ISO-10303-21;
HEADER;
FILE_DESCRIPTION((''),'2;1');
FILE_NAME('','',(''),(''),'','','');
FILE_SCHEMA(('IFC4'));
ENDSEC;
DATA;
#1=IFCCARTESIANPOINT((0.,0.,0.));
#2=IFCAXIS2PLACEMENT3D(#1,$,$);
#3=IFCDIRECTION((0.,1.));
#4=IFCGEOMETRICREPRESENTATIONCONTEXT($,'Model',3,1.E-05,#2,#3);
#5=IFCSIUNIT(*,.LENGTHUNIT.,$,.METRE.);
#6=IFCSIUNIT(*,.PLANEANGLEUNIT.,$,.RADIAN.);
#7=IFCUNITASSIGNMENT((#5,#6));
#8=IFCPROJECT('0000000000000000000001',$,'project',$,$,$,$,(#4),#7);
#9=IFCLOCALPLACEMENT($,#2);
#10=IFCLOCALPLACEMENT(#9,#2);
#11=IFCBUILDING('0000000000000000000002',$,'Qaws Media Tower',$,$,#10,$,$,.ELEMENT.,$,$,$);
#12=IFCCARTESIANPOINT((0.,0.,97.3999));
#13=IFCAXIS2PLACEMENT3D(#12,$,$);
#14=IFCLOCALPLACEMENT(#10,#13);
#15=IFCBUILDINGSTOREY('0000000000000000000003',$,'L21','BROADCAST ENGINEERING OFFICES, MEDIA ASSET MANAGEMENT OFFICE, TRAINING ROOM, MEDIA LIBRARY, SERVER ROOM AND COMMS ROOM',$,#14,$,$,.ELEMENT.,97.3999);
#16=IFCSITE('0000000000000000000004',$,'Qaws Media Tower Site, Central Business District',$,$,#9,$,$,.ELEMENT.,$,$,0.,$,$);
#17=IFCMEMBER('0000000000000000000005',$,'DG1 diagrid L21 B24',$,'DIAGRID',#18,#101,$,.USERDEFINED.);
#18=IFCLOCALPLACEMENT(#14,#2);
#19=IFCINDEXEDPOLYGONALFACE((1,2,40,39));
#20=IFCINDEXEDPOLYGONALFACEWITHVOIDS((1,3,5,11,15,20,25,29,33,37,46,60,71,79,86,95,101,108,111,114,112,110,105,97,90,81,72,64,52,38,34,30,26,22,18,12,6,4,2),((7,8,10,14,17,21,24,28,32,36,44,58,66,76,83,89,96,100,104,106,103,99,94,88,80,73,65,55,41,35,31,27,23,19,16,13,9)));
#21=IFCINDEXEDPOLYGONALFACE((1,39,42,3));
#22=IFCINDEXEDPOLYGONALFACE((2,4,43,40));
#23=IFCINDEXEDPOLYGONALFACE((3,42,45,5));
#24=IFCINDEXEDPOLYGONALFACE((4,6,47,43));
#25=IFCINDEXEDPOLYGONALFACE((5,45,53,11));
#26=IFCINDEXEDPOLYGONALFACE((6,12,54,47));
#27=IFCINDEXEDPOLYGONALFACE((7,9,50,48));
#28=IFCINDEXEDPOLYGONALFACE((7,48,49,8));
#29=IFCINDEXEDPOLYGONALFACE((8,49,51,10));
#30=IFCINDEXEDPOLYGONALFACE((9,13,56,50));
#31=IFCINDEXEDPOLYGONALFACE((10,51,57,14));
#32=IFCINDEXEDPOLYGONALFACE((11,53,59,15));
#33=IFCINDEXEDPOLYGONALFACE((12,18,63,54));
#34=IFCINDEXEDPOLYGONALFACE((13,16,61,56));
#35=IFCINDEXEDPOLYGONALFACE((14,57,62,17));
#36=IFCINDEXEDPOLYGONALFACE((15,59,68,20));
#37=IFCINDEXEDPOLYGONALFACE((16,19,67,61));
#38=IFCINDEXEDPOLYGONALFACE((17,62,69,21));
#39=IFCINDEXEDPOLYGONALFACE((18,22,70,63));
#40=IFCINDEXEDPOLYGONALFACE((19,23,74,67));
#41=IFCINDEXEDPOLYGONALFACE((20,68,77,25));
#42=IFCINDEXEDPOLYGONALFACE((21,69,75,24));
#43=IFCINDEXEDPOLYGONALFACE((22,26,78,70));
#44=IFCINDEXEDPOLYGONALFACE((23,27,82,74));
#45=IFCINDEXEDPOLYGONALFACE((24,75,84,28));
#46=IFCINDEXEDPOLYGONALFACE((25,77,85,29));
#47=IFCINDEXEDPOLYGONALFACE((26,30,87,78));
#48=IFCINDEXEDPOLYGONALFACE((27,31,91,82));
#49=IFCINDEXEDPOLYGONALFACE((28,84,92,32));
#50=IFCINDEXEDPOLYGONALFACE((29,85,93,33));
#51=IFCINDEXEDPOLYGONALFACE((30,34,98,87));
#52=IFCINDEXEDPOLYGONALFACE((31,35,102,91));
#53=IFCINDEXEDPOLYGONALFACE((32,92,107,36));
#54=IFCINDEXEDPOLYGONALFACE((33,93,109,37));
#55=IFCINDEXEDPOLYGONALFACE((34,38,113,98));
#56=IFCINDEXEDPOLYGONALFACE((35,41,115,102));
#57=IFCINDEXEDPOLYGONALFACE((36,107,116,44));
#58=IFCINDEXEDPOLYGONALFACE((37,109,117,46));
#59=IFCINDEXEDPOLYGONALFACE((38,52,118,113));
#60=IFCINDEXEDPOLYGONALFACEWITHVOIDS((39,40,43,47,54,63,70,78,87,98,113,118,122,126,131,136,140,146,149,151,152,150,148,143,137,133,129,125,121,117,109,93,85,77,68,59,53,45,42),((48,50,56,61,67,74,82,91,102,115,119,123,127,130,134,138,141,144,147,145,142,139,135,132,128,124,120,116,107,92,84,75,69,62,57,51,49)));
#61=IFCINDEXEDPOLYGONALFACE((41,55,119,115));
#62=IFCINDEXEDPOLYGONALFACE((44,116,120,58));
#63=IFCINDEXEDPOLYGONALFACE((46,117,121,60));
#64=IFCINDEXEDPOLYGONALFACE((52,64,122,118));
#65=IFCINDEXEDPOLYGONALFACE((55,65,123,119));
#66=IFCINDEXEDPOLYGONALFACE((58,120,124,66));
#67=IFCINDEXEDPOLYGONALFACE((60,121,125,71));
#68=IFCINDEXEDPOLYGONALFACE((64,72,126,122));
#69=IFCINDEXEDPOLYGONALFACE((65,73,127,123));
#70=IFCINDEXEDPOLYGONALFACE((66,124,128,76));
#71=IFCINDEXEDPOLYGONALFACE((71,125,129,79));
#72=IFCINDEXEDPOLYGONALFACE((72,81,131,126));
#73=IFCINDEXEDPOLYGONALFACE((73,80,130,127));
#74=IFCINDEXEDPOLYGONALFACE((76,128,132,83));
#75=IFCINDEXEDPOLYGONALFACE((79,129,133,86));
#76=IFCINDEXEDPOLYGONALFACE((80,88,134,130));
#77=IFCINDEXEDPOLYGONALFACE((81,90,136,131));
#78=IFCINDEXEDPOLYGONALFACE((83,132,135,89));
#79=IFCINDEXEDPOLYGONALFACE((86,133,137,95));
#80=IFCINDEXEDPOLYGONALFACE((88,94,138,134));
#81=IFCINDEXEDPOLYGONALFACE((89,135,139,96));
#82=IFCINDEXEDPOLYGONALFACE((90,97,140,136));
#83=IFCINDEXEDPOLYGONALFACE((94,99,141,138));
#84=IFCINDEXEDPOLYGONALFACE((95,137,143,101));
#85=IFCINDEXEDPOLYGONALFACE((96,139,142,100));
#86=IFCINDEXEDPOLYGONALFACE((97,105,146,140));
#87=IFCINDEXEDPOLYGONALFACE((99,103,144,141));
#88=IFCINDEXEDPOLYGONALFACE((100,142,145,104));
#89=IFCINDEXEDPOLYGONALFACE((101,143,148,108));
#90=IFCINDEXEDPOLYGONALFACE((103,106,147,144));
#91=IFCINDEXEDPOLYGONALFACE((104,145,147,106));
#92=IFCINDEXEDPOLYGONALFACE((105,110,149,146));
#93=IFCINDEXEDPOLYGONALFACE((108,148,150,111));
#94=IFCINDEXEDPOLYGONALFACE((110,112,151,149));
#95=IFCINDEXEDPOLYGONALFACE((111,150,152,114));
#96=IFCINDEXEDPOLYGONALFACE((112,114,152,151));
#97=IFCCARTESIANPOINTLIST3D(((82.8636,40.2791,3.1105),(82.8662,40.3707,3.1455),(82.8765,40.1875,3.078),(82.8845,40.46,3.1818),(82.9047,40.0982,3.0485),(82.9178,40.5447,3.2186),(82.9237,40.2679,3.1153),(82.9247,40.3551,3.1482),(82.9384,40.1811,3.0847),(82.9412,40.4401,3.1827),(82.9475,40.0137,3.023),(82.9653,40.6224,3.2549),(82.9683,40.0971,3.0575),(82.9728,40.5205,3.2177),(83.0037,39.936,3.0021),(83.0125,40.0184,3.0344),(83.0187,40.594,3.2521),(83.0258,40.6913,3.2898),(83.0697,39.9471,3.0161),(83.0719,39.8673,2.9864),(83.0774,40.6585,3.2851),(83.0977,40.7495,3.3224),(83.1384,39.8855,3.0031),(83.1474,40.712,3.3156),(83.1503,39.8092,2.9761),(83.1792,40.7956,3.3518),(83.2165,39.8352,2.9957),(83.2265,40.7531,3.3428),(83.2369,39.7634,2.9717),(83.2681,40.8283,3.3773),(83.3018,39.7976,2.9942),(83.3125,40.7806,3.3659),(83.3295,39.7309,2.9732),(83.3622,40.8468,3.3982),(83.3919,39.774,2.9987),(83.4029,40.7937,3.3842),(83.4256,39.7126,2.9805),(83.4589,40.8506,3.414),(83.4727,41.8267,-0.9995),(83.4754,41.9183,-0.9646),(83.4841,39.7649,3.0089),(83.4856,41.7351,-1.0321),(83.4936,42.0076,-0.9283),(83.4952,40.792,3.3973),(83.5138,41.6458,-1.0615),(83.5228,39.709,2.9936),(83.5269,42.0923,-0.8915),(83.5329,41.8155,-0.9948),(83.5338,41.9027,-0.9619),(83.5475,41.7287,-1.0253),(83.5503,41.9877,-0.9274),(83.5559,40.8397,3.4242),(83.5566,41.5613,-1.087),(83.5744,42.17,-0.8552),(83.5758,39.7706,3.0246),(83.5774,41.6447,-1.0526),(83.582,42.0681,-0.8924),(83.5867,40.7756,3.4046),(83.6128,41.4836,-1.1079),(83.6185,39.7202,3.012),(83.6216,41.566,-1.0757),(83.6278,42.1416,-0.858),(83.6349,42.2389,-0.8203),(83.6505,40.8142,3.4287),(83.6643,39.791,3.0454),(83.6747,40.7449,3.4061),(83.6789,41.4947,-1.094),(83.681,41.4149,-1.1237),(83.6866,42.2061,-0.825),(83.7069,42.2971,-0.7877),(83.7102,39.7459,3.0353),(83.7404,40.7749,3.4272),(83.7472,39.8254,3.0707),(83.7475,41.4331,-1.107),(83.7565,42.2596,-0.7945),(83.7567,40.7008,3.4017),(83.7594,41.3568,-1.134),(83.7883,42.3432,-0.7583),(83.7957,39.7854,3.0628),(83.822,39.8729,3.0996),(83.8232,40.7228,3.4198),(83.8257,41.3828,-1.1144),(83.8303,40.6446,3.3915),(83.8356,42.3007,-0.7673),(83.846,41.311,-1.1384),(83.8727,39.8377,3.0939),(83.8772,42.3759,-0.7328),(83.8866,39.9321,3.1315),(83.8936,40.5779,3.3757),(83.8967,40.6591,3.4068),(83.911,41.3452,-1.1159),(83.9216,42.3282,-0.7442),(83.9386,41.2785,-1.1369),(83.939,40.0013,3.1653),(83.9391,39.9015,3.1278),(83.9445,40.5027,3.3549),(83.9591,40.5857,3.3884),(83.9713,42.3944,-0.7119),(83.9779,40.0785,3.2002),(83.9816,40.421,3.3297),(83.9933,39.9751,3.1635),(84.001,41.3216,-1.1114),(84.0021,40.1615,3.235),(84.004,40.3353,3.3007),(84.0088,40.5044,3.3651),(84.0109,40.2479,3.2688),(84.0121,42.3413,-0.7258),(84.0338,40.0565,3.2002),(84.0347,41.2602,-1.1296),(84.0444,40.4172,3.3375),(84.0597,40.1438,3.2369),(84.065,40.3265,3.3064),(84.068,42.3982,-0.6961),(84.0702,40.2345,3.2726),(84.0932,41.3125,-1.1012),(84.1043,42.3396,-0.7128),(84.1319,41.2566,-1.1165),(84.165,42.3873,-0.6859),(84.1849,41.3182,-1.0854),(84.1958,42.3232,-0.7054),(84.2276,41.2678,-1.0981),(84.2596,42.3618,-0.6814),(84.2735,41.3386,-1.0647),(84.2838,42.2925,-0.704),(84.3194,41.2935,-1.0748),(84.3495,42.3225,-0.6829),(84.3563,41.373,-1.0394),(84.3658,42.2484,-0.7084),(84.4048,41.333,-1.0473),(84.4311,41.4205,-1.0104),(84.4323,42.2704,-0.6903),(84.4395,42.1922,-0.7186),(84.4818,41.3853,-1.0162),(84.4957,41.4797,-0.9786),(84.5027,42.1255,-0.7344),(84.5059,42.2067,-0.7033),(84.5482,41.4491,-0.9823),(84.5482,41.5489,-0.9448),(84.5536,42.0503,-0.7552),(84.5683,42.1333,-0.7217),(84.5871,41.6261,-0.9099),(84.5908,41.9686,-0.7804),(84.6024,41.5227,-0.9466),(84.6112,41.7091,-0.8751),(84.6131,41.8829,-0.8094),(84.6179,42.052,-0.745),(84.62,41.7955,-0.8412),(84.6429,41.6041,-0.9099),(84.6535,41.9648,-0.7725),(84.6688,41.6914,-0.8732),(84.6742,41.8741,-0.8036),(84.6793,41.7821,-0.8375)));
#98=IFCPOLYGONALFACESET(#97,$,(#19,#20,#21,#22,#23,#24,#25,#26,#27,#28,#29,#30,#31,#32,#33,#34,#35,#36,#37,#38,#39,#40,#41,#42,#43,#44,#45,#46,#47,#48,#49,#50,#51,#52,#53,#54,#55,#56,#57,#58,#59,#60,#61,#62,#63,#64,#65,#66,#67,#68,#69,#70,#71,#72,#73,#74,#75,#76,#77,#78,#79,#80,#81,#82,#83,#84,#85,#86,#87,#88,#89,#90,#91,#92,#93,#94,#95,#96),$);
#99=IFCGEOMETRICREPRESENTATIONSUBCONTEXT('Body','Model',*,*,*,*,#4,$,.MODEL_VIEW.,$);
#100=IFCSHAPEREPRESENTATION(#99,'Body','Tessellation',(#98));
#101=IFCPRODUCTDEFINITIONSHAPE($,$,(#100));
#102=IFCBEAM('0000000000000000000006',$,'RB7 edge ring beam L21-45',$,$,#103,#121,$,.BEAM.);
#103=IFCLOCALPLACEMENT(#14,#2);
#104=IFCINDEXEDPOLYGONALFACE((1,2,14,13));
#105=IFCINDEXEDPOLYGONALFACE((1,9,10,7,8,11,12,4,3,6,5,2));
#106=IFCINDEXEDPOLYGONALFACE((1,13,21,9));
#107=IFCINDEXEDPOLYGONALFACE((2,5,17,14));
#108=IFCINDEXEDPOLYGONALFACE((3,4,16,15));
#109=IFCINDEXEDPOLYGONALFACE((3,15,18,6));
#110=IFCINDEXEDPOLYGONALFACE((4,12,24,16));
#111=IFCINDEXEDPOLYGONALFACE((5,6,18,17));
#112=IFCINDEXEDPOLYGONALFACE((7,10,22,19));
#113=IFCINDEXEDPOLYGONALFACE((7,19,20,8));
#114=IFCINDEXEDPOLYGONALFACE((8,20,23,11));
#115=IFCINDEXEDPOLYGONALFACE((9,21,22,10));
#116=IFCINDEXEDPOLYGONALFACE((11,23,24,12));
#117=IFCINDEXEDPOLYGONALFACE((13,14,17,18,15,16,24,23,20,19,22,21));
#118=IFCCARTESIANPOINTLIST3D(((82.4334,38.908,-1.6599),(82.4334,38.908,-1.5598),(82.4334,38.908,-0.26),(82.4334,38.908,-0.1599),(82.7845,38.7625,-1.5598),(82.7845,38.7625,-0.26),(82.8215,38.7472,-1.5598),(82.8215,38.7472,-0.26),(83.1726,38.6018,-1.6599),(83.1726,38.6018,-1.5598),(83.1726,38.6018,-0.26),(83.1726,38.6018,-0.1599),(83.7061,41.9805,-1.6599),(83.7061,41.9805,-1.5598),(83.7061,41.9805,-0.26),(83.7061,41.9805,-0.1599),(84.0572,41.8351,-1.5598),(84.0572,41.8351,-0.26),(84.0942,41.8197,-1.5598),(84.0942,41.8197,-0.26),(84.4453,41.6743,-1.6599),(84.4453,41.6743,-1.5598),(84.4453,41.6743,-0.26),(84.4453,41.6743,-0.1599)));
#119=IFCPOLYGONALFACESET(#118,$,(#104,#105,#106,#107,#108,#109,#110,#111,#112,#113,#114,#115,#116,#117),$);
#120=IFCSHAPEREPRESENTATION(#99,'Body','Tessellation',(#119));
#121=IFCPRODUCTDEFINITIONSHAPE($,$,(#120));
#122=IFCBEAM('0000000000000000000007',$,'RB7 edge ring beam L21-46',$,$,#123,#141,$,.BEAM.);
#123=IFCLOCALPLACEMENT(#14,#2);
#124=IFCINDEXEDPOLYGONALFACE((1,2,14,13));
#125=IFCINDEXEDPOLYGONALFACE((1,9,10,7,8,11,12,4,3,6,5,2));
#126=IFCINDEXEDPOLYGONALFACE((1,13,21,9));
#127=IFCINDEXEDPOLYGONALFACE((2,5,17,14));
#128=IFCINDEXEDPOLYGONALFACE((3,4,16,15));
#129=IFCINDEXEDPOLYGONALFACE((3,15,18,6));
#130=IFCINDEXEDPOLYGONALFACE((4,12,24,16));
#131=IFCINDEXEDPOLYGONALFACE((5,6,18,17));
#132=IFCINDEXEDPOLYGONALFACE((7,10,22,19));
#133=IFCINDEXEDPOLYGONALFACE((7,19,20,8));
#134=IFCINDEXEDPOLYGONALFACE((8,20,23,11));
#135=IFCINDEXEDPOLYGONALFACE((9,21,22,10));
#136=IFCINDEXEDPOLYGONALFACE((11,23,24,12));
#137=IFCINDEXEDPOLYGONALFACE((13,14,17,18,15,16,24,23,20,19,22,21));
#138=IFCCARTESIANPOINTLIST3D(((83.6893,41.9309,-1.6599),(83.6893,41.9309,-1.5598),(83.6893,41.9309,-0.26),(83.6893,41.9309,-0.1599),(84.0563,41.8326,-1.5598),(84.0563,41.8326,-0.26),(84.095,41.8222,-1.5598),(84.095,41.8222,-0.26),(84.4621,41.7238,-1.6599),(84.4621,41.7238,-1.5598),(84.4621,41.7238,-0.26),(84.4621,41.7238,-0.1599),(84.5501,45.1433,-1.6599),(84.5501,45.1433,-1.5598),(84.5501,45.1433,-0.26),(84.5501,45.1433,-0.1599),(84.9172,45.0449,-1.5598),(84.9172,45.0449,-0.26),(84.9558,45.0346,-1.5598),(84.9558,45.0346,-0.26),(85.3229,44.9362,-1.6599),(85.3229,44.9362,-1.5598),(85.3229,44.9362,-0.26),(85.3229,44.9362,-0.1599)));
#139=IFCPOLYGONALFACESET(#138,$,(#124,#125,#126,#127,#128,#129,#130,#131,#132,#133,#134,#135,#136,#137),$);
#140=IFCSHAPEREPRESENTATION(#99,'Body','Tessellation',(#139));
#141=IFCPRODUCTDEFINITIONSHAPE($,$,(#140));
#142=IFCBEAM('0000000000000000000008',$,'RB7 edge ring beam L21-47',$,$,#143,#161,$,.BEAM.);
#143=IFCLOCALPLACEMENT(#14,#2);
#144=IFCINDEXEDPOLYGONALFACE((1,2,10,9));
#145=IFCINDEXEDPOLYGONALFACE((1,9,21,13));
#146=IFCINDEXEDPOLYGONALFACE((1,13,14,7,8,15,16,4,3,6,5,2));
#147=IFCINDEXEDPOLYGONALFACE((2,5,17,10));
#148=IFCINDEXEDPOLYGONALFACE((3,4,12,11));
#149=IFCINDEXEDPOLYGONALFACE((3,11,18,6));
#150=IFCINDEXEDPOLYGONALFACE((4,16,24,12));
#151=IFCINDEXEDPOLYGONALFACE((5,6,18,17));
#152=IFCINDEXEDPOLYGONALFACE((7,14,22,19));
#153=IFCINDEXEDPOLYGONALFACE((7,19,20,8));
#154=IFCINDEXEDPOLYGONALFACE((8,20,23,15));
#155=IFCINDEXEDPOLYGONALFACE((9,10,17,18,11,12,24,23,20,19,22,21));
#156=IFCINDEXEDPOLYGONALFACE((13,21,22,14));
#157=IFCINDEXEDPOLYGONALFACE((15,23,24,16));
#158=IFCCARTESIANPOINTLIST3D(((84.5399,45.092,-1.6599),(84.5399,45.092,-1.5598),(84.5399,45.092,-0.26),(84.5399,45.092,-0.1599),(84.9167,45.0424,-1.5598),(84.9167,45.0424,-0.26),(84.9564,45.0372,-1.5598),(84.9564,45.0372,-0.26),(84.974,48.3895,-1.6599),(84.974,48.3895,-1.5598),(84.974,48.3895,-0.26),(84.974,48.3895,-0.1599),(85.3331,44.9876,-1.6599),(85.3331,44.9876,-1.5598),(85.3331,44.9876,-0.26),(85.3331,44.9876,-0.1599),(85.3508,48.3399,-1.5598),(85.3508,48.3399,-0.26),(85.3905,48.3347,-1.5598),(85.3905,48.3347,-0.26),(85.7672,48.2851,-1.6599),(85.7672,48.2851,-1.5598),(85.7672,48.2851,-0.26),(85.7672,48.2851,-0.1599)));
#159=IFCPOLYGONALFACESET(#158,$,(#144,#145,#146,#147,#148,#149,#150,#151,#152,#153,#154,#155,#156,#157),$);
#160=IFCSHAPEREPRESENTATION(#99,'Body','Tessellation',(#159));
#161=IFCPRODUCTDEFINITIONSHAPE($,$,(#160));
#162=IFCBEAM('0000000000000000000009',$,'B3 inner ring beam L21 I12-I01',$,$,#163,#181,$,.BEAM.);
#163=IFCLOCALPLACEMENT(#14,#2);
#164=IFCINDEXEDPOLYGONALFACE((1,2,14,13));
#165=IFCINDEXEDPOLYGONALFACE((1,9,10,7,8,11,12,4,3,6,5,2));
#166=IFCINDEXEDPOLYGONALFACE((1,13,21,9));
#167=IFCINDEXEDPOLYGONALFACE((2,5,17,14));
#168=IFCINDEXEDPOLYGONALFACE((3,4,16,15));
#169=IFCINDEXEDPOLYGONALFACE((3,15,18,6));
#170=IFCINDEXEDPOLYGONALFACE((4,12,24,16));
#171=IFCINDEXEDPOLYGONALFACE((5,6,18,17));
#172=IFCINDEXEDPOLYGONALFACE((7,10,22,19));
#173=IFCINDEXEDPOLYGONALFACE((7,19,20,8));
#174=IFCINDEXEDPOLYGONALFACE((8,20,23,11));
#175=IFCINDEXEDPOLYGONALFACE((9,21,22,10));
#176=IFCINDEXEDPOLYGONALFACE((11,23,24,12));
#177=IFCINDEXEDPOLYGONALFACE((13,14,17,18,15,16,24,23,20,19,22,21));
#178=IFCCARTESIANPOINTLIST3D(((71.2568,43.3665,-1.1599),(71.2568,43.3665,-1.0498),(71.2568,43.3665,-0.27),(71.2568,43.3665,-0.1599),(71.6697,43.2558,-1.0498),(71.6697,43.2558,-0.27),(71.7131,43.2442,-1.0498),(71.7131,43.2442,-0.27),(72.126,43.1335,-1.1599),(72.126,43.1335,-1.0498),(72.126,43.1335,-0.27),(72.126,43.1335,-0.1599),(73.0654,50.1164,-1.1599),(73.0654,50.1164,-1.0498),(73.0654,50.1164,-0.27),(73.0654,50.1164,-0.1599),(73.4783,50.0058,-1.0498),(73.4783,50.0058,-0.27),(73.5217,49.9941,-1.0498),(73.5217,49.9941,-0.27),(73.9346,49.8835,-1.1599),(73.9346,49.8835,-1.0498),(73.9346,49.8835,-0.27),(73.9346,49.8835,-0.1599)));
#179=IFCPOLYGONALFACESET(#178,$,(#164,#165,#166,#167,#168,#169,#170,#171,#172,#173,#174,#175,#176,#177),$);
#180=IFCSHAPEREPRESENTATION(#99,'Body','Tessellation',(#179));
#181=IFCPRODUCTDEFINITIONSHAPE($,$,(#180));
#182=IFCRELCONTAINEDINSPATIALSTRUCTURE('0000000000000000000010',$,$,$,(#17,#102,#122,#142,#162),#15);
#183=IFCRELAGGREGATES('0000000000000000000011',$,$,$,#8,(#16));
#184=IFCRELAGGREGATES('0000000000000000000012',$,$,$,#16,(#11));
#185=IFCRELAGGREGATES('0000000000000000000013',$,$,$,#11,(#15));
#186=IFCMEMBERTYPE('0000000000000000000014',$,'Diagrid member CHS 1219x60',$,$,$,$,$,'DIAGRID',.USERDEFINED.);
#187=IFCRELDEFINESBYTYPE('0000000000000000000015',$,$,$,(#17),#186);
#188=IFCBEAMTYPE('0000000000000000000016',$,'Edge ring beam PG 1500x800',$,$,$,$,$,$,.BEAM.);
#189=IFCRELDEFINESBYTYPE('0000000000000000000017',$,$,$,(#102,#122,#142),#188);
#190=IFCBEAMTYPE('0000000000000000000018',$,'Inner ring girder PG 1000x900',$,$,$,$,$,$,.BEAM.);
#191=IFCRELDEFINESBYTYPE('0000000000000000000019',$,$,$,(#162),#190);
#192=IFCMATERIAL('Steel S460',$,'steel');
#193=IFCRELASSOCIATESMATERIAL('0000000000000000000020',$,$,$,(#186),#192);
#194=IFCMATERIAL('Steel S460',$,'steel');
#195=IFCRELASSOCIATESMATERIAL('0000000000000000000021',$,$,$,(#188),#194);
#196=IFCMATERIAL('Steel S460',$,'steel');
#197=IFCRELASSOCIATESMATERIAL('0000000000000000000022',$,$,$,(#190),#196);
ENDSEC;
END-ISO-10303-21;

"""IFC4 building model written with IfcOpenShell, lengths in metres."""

from ifc_helpers import new_model, si_unit, direction, frame, origin, origin_2d, place, context, subcontext, project, spatial, hollow_circle, i_section, extrude, material, material_profile, profile_set, type_object, element, save


model = new_model("IFC4")

# Units and contexts
model_context = context("Model", 3, precision=1e-05, world=origin(), true_north=direction((0.0, 1.0)))
body_context = subcontext(model_context, "Body", "Model", "MODEL_VIEW")
ifc_project = project(units=[si_unit("LENGTHUNIT", "METRE"), si_unit("PLANEANGLEUNIT", "RADIAN")], contexts=[model_context])

# Site, building, storey
site_placement = place(None, origin())
site = spatial("IfcSite", under=ifc_project, at=site_placement, Name="Qaws Media Tower Site, Central Business District", CompositionType="ELEMENT", RefElevation=0.0)
building_placement = place(site_placement, origin())
building = spatial("IfcBuilding", under=site, at=building_placement, Name="Qaws Media Tower", CompositionType="ELEMENT")
storey_placement = place(building_placement, frame((0.0, 0.0, 97.3999)))
storey = spatial("IfcBuildingStorey", under=building, at=storey_placement, Name="L21", Description="BROADCAST ENGINEERING OFFICES, MEDIA ASSET MANAGEMENT OFFICE, TRAINING ROOM, MEDIA LIBRARY, SERVER ROOM AND COMMS ROOM", CompositionType="ELEMENT", Elevation=97.3999)

# Member
ifc_material_1 = material(Name="Steel S460", Category="steel")
ifc_material_profile_1 = material_profile(ifc_material_1, hollow_circle(Radius=0.6096, WallThickness=0.0601, at=origin_2d()), Name="CHS 1219x60")
ifc_profile_set_1 = profile_set([ifc_material_profile_1], Name="Steel S460")
member_type_1 = type_object("IfcMemberType", Name="Diagrid member CHS 1219x60", ElementType="DIAGRID", PredefinedType="USERDEFINED", material=ifc_profile_set_1)
for number, where, z_axis, x_axis, name in (
    (1, (84.0757, 41.8274, -0.9099), (-0.137382, -0.349043, 0.926982), (0.930518, -0.366247, 0.0), "DG1 diagrid L21 B24"),
):
    element("IfcMember", number, at=place(storey_placement, frame(where, z_axis=z_axis, x_axis=x_axis)), inside=storey, type_object=member_type_1, Name=name, ObjectType="DIAGRID", PredefinedType="USERDEFINED", context=body_context, shape_type="SweptSolid", body=[
        extrude(hollow_circle(Radius=0.6096, WallThickness=0.0601, at=origin_2d()), origin(), (0.0, 0.0, 1.0), 4.4338),
    ])

# Beams
ifc_material_2 = material(Name="Steel S460", Category="steel")
ifc_material_profile_2 = material_profile(ifc_material_2, i_section(OverallWidth=0.8, OverallDepth=1.5, WebThickness=0.04, FlangeThickness=0.1001, at=origin_2d()), Name="PG 1500x800")
ifc_profile_set_2 = profile_set([ifc_material_profile_2], Name="Steel S460")
beam_type_1 = type_object("IfcBeamType", Name="Edge ring beam PG 1500x800", PredefinedType="BEAM", material=ifc_profile_set_2)
for number, where, z_axis, x_axis, name in (
    (2, (82.803, 38.7549, -0.9099), (0.382691, 0.923876, 0.0), (-0.923876, 0.382691, 0.0), "RB7 edge ring beam L21-45"),
    (3, (84.0757, 41.8274, -0.9099), (0.258841, 0.96592, 0.0), (-0.96592, 0.258841, 0.0), "RB7 edge ring beam L21-46"),
):
    element("IfcBeam", number, at=place(storey_placement, frame(where, z_axis=z_axis, x_axis=x_axis)), inside=storey, type_object=beam_type_1, Name=name, PredefinedType="BEAM", context=body_context, shape_type="SweptSolid", body=[
        extrude(i_section(OverallWidth=0.8, OverallDepth=1.5, WebThickness=0.04, FlangeThickness=0.1001, at=origin_2d()), origin(), (0.0, 0.0, 1.0), 3.3257),
    ])
beam_1_placement = place(storey_placement, frame((84.9365, 45.0398, -0.9099), z_axis=(0.130519, 0.991446, 0.0), x_axis=(-0.991446, 0.130519, 0.0)))
element("IfcBeam", 4, at=beam_1_placement, inside=storey, type_object=beam_type_1, Name="RB7 edge ring beam L21-47", PredefinedType="BEAM", context=body_context, shape_type="SweptSolid", body=[
    extrude(i_section(OverallWidth=0.8, OverallDepth=1.5, WebThickness=0.04, FlangeThickness=0.1001, at=origin_2d()), origin(), (0.0, 0.0, 1.0), 3.3259),
])
ifc_material_3 = material(Name="Steel S460", Category="steel")
ifc_material_profile_3 = material_profile(ifc_material_3, i_section(OverallWidth=0.8999, OverallDepth=1.0, WebThickness=0.0449, FlangeThickness=0.1101, at=origin_2d()), Name="PG 1000x900")
ifc_profile_set_3 = profile_set([ifc_material_profile_3], Name="Steel S460")
beam_type_2 = type_object("IfcBeamType", Name="Inner ring girder PG 1000x900", PredefinedType="BEAM", material=ifc_profile_set_3)
beam_2_placement = place(storey_placement, frame((71.6914, 43.25, -0.6599), z_axis=(0.258811, 0.965928, 0.0), x_axis=(-0.965928, 0.258811, 0.0)))
element("IfcBeam", 5, at=beam_2_placement, inside=storey, type_object=beam_type_2, Name="B3 inner ring beam L21 I12-I01", PredefinedType="BEAM", context=body_context, shape_type="SweptSolid", body=[
    extrude(i_section(OverallWidth=0.8999, OverallDepth=1.0, WebThickness=0.0449, FlangeThickness=0.1101, at=origin_2d()), origin(), (0.0, 0.0, 1.0), 6.988),
])

save(model, "model.ifc")
